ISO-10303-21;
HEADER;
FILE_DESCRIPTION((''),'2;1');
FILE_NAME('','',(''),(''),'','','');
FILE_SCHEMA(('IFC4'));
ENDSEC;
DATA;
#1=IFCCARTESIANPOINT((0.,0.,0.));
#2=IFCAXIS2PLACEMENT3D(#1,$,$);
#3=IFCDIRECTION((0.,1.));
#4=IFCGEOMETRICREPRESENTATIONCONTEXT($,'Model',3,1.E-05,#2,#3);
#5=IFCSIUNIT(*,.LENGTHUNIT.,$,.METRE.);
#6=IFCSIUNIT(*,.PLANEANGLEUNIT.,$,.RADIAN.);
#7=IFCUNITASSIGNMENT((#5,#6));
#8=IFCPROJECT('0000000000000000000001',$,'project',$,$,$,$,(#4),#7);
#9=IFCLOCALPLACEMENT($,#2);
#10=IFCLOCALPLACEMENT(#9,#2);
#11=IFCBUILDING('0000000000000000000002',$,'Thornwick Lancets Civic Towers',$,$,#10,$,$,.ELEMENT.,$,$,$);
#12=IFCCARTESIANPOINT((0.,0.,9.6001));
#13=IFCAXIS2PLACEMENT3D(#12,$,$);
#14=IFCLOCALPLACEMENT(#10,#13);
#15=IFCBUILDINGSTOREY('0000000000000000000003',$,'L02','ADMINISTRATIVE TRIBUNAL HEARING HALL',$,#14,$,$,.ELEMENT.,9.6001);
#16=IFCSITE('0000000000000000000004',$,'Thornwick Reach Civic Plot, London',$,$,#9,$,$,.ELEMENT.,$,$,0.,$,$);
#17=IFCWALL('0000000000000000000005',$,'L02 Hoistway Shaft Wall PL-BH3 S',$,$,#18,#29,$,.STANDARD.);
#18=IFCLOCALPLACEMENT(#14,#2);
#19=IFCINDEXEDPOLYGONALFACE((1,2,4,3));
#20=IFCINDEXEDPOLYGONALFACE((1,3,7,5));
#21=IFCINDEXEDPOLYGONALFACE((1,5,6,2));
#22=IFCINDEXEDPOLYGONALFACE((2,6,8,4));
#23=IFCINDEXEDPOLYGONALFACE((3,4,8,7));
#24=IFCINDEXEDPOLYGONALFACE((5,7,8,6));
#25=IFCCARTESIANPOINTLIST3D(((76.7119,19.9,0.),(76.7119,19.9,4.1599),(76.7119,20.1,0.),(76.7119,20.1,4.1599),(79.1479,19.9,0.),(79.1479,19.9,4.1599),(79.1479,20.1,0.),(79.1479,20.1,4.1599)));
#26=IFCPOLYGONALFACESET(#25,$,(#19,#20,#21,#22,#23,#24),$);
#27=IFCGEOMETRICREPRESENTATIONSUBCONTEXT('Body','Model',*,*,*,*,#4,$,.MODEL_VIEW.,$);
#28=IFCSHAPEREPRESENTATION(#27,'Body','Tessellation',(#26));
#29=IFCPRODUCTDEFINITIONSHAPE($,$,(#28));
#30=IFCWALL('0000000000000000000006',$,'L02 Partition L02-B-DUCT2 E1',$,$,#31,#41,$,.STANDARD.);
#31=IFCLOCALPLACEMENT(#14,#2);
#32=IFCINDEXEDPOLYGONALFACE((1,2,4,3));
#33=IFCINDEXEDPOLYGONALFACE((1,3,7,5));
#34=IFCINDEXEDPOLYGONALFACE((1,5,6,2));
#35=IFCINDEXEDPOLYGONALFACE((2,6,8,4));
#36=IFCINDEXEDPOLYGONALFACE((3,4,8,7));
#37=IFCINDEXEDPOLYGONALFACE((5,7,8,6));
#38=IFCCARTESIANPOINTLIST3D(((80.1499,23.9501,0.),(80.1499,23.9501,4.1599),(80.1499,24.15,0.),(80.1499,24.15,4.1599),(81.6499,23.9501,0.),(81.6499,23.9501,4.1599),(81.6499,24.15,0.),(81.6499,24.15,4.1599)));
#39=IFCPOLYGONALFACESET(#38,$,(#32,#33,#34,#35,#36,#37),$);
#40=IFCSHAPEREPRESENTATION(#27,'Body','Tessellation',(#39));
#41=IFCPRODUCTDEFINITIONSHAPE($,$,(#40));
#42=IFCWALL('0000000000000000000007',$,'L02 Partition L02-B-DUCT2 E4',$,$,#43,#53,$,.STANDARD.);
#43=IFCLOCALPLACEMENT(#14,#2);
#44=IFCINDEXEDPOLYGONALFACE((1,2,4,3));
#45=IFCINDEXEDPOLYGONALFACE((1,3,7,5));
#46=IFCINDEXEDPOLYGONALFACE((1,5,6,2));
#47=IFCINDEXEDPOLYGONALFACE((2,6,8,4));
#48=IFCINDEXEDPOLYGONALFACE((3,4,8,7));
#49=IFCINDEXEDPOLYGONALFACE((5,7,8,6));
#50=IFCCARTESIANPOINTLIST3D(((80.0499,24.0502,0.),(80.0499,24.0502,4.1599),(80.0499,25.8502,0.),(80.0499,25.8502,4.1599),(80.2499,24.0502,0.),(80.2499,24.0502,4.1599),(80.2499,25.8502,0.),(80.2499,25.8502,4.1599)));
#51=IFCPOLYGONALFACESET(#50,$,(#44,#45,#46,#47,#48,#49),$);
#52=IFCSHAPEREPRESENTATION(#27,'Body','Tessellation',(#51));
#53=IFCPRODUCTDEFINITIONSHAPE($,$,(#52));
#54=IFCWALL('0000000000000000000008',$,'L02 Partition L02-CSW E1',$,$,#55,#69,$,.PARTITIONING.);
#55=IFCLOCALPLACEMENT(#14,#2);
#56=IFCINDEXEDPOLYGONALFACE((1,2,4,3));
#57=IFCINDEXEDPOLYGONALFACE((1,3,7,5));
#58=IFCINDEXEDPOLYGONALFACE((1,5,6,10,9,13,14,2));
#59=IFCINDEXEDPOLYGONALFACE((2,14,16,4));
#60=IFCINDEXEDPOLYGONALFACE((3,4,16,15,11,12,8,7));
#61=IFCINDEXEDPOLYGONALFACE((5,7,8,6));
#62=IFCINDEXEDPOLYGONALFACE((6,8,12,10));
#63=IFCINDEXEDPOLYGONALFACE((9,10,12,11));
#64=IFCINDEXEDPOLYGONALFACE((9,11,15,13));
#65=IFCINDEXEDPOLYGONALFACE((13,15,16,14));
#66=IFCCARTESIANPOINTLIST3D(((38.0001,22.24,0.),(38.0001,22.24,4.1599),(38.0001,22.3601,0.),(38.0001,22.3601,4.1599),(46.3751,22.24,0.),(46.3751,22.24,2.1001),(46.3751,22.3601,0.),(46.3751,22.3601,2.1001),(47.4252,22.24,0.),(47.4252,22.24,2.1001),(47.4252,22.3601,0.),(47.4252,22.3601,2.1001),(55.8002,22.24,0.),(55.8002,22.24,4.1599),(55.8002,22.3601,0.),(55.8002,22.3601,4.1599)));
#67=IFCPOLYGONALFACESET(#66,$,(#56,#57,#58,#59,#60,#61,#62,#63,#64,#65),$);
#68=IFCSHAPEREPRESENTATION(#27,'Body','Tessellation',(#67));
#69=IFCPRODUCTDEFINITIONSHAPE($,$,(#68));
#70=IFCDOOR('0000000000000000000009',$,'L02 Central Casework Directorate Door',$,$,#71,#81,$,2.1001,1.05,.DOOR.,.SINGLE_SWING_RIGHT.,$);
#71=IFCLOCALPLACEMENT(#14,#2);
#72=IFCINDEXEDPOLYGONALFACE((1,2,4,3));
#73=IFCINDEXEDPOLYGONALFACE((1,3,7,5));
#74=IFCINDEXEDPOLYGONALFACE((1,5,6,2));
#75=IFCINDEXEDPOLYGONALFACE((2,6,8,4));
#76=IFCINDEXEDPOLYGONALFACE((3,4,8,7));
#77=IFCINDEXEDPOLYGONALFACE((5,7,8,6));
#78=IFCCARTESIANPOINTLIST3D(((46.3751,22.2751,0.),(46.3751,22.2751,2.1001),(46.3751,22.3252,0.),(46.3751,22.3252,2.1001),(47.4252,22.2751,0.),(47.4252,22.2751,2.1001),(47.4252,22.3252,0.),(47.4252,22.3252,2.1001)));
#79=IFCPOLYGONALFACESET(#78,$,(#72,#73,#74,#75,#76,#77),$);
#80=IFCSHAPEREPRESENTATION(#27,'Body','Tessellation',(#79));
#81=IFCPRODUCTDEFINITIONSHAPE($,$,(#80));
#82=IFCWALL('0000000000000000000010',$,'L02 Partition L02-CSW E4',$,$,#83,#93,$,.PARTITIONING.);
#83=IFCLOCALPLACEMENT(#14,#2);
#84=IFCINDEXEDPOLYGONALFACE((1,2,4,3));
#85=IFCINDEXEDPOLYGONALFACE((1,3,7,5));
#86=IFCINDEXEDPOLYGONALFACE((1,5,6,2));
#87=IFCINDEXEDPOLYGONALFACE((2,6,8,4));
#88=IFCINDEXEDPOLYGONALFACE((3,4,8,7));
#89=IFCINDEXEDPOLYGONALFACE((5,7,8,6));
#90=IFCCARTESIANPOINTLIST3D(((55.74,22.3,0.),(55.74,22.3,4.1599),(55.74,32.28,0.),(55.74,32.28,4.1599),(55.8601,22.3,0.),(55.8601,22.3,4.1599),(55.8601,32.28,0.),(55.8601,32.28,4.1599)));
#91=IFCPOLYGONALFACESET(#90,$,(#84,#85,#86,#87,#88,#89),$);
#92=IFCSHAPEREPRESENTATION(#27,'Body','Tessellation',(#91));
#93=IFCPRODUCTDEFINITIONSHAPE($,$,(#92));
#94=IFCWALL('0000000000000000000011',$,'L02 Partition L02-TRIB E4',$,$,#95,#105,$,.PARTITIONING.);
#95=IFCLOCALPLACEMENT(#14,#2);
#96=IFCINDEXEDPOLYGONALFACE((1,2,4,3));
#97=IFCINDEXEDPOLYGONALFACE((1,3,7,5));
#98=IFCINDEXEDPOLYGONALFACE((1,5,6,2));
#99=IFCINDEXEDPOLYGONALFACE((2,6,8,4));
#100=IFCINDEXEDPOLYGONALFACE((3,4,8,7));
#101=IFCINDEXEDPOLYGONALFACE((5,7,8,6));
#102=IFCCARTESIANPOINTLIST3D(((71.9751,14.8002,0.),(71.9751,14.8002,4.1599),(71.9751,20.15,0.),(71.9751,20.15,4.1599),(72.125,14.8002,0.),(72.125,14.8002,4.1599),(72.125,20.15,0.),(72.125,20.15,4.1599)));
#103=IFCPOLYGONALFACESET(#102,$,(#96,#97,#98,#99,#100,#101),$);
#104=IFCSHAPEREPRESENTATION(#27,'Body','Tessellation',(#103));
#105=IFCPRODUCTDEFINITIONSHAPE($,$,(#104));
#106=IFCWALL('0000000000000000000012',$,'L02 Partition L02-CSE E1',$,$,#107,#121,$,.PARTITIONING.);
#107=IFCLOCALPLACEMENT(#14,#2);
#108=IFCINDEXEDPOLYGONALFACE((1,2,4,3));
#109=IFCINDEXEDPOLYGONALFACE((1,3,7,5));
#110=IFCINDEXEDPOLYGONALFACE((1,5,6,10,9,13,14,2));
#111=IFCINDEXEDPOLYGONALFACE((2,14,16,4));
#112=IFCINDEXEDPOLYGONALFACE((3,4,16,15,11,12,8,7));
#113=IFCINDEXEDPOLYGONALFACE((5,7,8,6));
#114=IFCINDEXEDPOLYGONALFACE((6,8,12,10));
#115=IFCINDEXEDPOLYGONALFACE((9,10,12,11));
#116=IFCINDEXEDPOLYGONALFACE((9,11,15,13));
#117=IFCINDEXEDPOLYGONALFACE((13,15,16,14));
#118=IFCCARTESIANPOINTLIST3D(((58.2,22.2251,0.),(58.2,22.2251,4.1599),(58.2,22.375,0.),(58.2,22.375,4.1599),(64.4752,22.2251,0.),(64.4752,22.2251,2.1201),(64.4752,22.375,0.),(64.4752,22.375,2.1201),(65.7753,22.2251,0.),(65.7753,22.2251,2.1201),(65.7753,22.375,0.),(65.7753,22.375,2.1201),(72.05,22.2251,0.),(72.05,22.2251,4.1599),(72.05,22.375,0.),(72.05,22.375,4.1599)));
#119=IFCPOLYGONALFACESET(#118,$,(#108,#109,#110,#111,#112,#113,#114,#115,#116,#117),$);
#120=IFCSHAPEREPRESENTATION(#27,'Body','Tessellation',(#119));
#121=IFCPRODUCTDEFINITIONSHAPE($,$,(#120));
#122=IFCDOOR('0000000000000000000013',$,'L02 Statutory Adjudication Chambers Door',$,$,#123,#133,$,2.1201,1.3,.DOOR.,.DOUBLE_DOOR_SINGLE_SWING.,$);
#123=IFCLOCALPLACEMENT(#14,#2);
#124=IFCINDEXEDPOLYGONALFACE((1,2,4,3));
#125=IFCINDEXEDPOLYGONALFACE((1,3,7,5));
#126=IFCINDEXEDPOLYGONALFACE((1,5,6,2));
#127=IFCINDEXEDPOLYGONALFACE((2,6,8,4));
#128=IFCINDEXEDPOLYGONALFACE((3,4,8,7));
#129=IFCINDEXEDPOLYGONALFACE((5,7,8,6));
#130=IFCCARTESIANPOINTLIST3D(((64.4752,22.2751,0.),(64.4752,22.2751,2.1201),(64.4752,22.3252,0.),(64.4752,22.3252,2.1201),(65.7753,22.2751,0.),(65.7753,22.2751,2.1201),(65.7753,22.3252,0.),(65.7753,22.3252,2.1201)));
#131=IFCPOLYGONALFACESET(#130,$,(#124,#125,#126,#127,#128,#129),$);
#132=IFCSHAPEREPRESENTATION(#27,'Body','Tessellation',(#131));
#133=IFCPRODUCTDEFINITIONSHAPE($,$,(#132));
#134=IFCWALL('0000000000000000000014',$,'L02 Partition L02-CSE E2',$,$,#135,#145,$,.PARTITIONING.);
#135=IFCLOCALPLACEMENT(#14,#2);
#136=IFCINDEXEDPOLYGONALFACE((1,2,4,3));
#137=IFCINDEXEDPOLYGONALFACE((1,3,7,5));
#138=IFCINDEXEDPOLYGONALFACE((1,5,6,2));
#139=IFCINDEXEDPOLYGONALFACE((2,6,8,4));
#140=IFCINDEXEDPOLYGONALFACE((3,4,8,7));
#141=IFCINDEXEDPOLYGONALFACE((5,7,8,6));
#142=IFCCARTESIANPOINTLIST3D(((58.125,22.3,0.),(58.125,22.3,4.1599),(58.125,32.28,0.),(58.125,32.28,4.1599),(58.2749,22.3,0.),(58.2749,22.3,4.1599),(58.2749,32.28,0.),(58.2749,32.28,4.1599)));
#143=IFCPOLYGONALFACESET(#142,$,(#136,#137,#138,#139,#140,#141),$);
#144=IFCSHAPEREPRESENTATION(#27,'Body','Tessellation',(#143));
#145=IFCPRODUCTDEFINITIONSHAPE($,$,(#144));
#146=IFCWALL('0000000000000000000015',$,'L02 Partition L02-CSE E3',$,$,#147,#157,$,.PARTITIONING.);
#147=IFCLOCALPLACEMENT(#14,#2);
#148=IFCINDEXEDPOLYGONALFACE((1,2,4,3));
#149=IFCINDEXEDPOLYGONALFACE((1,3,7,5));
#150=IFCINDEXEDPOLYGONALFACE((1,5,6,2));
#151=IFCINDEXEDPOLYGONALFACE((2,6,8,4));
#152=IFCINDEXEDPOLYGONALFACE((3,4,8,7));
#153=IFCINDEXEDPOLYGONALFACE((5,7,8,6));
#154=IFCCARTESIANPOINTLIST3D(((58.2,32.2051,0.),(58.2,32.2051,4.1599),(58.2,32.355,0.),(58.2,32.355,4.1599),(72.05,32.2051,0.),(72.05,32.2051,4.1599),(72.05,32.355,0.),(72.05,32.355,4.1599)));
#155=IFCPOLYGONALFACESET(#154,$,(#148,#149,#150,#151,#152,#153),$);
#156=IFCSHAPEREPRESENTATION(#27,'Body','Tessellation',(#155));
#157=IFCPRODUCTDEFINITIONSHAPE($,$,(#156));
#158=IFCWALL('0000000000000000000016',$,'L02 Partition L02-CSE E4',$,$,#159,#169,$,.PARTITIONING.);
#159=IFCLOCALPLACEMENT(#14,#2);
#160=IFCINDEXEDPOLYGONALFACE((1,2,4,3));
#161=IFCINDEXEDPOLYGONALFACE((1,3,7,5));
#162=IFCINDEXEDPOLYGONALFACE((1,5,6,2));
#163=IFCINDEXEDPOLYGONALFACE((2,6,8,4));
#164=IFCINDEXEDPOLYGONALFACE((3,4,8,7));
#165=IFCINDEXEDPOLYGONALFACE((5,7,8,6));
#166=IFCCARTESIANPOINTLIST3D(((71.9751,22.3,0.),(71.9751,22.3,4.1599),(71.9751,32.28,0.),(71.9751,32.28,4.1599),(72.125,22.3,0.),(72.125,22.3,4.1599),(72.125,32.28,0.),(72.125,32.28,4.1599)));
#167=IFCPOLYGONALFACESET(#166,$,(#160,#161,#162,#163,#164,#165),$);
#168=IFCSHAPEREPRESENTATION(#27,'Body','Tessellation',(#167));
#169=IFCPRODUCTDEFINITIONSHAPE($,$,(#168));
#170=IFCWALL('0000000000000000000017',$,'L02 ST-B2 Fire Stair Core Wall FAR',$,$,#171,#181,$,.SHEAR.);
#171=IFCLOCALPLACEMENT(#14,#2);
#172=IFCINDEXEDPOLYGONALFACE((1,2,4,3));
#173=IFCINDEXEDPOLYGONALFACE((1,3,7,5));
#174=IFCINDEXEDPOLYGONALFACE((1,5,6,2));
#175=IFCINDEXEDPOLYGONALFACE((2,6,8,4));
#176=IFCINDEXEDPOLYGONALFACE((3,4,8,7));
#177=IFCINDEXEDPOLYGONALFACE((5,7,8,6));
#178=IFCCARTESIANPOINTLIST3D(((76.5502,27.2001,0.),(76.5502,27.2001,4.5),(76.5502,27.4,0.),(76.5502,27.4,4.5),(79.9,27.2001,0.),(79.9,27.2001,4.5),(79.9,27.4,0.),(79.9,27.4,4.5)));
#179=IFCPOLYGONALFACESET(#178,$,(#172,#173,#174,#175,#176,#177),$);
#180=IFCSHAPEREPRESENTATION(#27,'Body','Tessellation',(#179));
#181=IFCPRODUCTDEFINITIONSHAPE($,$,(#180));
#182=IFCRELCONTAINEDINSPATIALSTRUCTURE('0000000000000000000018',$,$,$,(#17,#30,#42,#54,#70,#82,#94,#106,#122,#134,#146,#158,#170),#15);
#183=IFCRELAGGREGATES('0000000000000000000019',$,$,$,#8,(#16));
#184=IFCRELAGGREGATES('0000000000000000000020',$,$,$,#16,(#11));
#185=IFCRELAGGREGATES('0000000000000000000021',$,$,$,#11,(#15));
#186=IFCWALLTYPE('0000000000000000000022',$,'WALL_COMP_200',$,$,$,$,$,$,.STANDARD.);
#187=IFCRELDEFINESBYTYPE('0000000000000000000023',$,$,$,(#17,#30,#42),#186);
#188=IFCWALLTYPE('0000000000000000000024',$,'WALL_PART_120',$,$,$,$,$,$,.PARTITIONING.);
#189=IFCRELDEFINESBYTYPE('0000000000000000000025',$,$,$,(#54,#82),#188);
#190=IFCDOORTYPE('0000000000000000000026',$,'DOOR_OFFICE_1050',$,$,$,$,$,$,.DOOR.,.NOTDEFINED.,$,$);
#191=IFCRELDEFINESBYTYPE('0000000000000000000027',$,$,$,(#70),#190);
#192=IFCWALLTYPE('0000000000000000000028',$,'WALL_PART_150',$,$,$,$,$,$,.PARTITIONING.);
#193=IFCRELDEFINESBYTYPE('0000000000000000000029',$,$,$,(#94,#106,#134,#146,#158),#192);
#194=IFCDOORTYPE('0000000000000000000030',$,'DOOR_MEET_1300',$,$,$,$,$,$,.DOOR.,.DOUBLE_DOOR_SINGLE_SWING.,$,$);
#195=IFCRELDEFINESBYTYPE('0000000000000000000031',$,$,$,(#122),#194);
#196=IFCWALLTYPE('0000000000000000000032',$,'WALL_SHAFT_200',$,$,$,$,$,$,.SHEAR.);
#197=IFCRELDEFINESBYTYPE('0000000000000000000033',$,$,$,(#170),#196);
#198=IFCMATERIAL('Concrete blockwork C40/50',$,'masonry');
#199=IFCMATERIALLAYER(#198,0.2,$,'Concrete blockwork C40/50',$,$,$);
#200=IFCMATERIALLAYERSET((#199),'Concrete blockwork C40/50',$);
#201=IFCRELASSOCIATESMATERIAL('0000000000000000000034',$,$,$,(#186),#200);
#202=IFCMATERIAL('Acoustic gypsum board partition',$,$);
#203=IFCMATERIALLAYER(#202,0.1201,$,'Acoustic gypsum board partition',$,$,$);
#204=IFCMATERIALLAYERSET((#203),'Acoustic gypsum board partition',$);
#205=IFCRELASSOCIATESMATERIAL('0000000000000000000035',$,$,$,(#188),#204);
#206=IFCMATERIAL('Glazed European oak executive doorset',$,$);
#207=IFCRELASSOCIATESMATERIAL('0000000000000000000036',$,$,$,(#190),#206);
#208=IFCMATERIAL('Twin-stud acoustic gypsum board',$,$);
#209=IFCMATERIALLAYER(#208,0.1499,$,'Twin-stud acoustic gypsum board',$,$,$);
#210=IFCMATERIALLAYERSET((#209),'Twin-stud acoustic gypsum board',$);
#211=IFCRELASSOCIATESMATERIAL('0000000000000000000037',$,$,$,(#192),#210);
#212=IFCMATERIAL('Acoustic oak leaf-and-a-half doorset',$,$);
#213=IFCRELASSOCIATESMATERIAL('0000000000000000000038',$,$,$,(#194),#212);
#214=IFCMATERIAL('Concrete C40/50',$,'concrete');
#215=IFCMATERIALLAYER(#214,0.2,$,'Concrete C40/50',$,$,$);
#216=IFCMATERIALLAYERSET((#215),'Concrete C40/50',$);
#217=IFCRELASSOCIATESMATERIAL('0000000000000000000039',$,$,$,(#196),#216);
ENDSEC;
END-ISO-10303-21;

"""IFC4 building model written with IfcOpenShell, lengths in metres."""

from ifc_helpers import new_model, si_unit, direction, frame, frame_2d, origin, place, context, subcontext, project, spatial, rectangle, extrude, material, layer, layer_set, type_object, element, fill, save


model = new_model("IFC4")

# Units and contexts
model_context = context("Model", 3, precision=1e-05, world=origin(), true_north=direction((0.0, 1.0)))
body_context = subcontext(model_context, "Body", "Model", "MODEL_VIEW")
ifc_project = project(units=[si_unit("LENGTHUNIT", "METRE"), si_unit("PLANEANGLEUNIT", "RADIAN")], contexts=[model_context])

# Site, building, storey
site_placement = place(None, origin())
site = spatial("IfcSite", under=ifc_project, at=site_placement, Name="Thornwick Reach Civic Plot, London", CompositionType="ELEMENT", RefElevation=0.0)
building_placement = place(site_placement, origin())
building = spatial("IfcBuilding", under=site, at=building_placement, Name="Thornwick Lancets Civic Towers", CompositionType="ELEMENT")
storey_placement = place(building_placement, frame((0.0, 0.0, 9.6001)))
storey = spatial("IfcBuildingStorey", under=building, at=storey_placement, Name="L02", Description="ADMINISTRATIVE TRIBUNAL HEARING HALL", CompositionType="ELEMENT", Elevation=9.6001)

# Shared definitions
ifc_material_1 = material(Name="Concrete C40/50", Category="concrete")

# Shared definitions
ifc_material_2 = material(Name="Concrete blockwork C40/50", Category="masonry")
ifc_layer_1 = layer(ifc_material_2, 0.2, Name="Concrete blockwork C40/50")
ifc_layer_set_1 = layer_set([ifc_layer_1], Name="Concrete blockwork C40/50")
wall_type_1 = type_object("IfcWallType", Name="WALL_COMP_200", PredefinedType="STANDARD", material=ifc_layer_set_1)

# Walls
for number, where, z_axis, x_axis, name in (
    (1, (76.7119, 20.0, 0.0), (0.0, 0.0, 1.0), (1.0, 0.0, 0.0), "L02 Hoistway Shaft Wall PL-BH3 S"),
):
    element("IfcWall", number, at=place(storey_placement, frame(where, z_axis=z_axis, x_axis=x_axis)), inside=storey, type_object=wall_type_1, Name=name, PredefinedType="STANDARD", context=body_context, shape_type="SweptSolid", body=[
        extrude(rectangle(XDim=2.436, YDim=0.2, at=frame_2d((1.218, 0.0))), origin(), (0.0, 0.0, 1.0), 4.1599),
    ])
wall_1_placement = place(storey_placement, frame((80.1499, 24.05, 0.0), z_axis=(0.0, 0.0, 1.0), x_axis=(1.0, 0.0, 0.0)))
element("IfcWall", 2, at=wall_1_placement, inside=storey, type_object=wall_type_1, Name="L02 Partition L02-B-DUCT2 E1", PredefinedType="STANDARD", context=body_context, shape_type="SweptSolid", body=[
    extrude(rectangle(XDim=1.5, YDim=0.2, at=frame_2d((0.75, 0.0))), origin(), (0.0, 0.0, 1.0), 4.1599),
])
wall_2_placement = place(storey_placement, frame((80.1499, 25.8501, 0.0), z_axis=(0.0, 0.0, 1.0), x_axis=(0.0, -1.0, 0.0)))
element("IfcWall", 3, at=wall_2_placement, inside=storey, type_object=wall_type_1, Name="L02 Partition L02-B-DUCT2 E4", PredefinedType="STANDARD", context=body_context, shape_type="SweptSolid", body=[
    extrude(rectangle(XDim=1.8, YDim=0.2, at=frame_2d((0.8999, 0.0))), origin(), (0.0, 0.0, 1.0), 4.1599),
])

# Wall, opening, door
ifc_material_3 = material(Name="Acoustic gypsum board partition")
ifc_layer_2 = layer(ifc_material_3, 0.1201, Name="Acoustic gypsum board partition")
ifc_layer_set_2 = layer_set([ifc_layer_2], Name="Acoustic gypsum board partition")
wall_type_2 = type_object("IfcWallType", Name="WALL_PART_120", PredefinedType="PARTITIONING", material=ifc_layer_set_2)
wall_3_placement = place(storey_placement, frame((55.8, 22.3, 0.0), z_axis=(0.0, 0.0, 1.0), x_axis=(-1.0, 0.0, 0.0)))
wall_3 = element("IfcWall", 4, at=wall_3_placement, inside=storey, type_object=wall_type_2, Name="L02 Partition L02-CSW E1", PredefinedType="PARTITIONING", context=body_context, shape_type="SweptSolid", body=[
    extrude(rectangle(XDim=17.8, YDim=0.1201, at=frame_2d((8.8999, 0.0))), origin(), (0.0, 0.0, 1.0), 4.1599),
])
opening_1_placement = place(wall_3_placement, frame((8.375, 0.0, 0.0)))
opening_1 = element("IfcOpeningElement", 5, at=opening_1_placement, cuts=wall_3, PredefinedType="OPENING", context=body_context, shape_type="SweptSolid", body=[
    extrude(rectangle(XDim=1.05, YDim=2.1001, at=frame_2d((0.5249, 1.05))), frame((0.0, 0.0701, 0.0), z_axis=(0.0, -1.0, 0.0), x_axis=(1.0, 0.0, 0.0)), (0.0, 0.0, 1.0), 0.1401),
])
ifc_material_4 = material(Name="Glazed European oak executive doorset")
door_type_1 = type_object("IfcDoorType", Name="DOOR_OFFICE_1050", OperationType="NOTDEFINED", PredefinedType="DOOR", material=ifc_material_4)
door_1_placement = place(opening_1_placement, origin())
door_1 = element("IfcDoor", 6, at=door_1_placement, inside=storey, type_object=door_type_1, Name="L02 Central Casework Directorate Door", OperationType="SINGLE_SWING_RIGHT", OverallHeight=2.1001, OverallWidth=1.05, PredefinedType="DOOR", context=body_context, shape_type="SweptSolid", body=[
    extrude(rectangle(XDim=1.05, YDim=2.1001, at=frame_2d((0.5249, 1.05))), frame((0.0, 0.0249, 0.0), z_axis=(0.0, -1.0, 0.0), x_axis=(1.0, 0.0, 0.0)), (0.0, 0.0, 1.0), 0.05),
])
fill(opening_1, door_1)

# Walls
wall_4_placement = place(storey_placement, frame((55.8, 32.28, 0.0), z_axis=(0.0, 0.0, 1.0), x_axis=(0.0, -1.0, 0.0)))
element("IfcWall", 7, at=wall_4_placement, inside=storey, type_object=wall_type_2, Name="L02 Partition L02-CSW E4", PredefinedType="PARTITIONING", context=body_context, shape_type="SweptSolid", body=[
    extrude(rectangle(XDim=9.98, YDim=0.1201, at=frame_2d((4.99, 0.0))), origin(), (0.0, 0.0, 1.0), 4.1599),
])
ifc_material_5 = material(Name="Twin-stud acoustic gypsum board")
ifc_layer_3 = layer(ifc_material_5, 0.1499, Name="Twin-stud acoustic gypsum board")
ifc_layer_set_3 = layer_set([ifc_layer_3], Name="Twin-stud acoustic gypsum board")
wall_type_3 = type_object("IfcWallType", Name="WALL_PART_150", PredefinedType="PARTITIONING", material=ifc_layer_set_3)
wall_5_placement = place(storey_placement, frame((72.05, 20.1499, 0.0), z_axis=(0.0, 0.0, 1.0), x_axis=(0.0, -1.0, 0.0)))
element("IfcWall", 8, at=wall_5_placement, inside=storey, type_object=wall_type_3, Name="L02 Partition L02-TRIB E4", PredefinedType="PARTITIONING", context=body_context, shape_type="SweptSolid", body=[
    extrude(rectangle(XDim=5.3499, YDim=0.1499, at=frame_2d((2.6748, 0.0))), origin(), (0.0, 0.0, 1.0), 4.1599),
])

# Wall, opening, door
wall_6_placement = place(storey_placement, frame((72.05, 22.3, 0.0), z_axis=(0.0, 0.0, 1.0), x_axis=(-1.0, 0.0, 0.0)))
wall_6 = element("IfcWall", 9, at=wall_6_placement, inside=storey, type_object=wall_type_3, Name="L02 Partition L02-CSE E1", PredefinedType="PARTITIONING", context=body_context, shape_type="SweptSolid", body=[
    extrude(rectangle(XDim=13.8501, YDim=0.1499, at=frame_2d((6.925, 0.0))), origin(), (0.0, 0.0, 1.0), 4.1599),
])
opening_2_placement = place(wall_6_placement, frame((6.2749, 0.0, 0.0)))
opening_2 = element("IfcOpeningElement", 10, at=opening_2_placement, cuts=wall_6, PredefinedType="OPENING", context=body_context, shape_type="SweptSolid", body=[
    extrude(rectangle(XDim=1.3, YDim=2.1201, at=frame_2d((0.6499, 1.0601))), frame((0.0, 0.085, 0.0), z_axis=(0.0, -1.0, 0.0), x_axis=(1.0, 0.0, 0.0)), (0.0, 0.0, 1.0), 0.1699),
])
ifc_material_6 = material(Name="Acoustic oak leaf-and-a-half doorset")
door_type_2 = type_object("IfcDoorType", Name="DOOR_MEET_1300", OperationType="DOUBLE_DOOR_SINGLE_SWING", PredefinedType="DOOR", material=ifc_material_6)
door_2_placement = place(opening_2_placement, origin())
door_2 = element("IfcDoor", 11, at=door_2_placement, inside=storey, type_object=door_type_2, Name="L02 Statutory Adjudication Chambers Door", OperationType="DOUBLE_DOOR_SINGLE_SWING", OverallHeight=2.1201, OverallWidth=1.3, PredefinedType="DOOR", context=body_context, shape_type="SweptSolid", body=[
    extrude(rectangle(XDim=1.3, YDim=2.1201, at=frame_2d((0.6499, 1.0601))), frame((0.0, 0.0249, 0.0), z_axis=(0.0, -1.0, 0.0), x_axis=(1.0, 0.0, 0.0)), (0.0, 0.0, 1.0), 0.05),
])
fill(opening_2, door_2)

# Walls
wall_7_placement = place(storey_placement, frame((58.2, 22.3, 0.0), z_axis=(0.0, 0.0, 1.0), x_axis=(0.0, 1.0, 0.0)))
element("IfcWall", 12, at=wall_7_placement, inside=storey, type_object=wall_type_3, Name="L02 Partition L02-CSE E2", PredefinedType="PARTITIONING", context=body_context, shape_type="SweptSolid", body=[
    extrude(rectangle(XDim=9.98, YDim=0.1499, at=frame_2d((4.99, 0.0))), origin(), (0.0, 0.0, 1.0), 4.1599),
])
wall_8_placement = place(storey_placement, frame((58.2, 32.28, 0.0), z_axis=(0.0, 0.0, 1.0), x_axis=(1.0, 0.0, 0.0)))
element("IfcWall", 13, at=wall_8_placement, inside=storey, type_object=wall_type_3, Name="L02 Partition L02-CSE E3", PredefinedType="PARTITIONING", context=body_context, shape_type="SweptSolid", body=[
    extrude(rectangle(XDim=13.8501, YDim=0.1499, at=frame_2d((6.925, 0.0))), origin(), (0.0, 0.0, 1.0), 4.1599),
])
wall_9_placement = place(storey_placement, frame((72.05, 32.28, 0.0), z_axis=(0.0, 0.0, 1.0), x_axis=(0.0, -1.0, 0.0)))
element("IfcWall", 14, at=wall_9_placement, inside=storey, type_object=wall_type_3, Name="L02 Partition L02-CSE E4", PredefinedType="PARTITIONING", context=body_context, shape_type="SweptSolid", body=[
    extrude(rectangle(XDim=9.98, YDim=0.1499, at=frame_2d((4.99, 0.0))), origin(), (0.0, 0.0, 1.0), 4.1599),
])
ifc_layer_4 = layer(ifc_material_1, 0.2, Name="Concrete C40/50")
ifc_layer_set_4 = layer_set([ifc_layer_4], Name="Concrete C40/50")
wall_type_4 = type_object("IfcWallType", Name="WALL_SHAFT_200", PredefinedType="SHEAR", material=ifc_layer_set_4)
wall_10_placement = place(storey_placement, frame((79.8999, 27.3, 0.0), z_axis=(0.0, 0.0, 1.0), x_axis=(-1.0, 0.0, 0.0)))
element("IfcWall", 15, at=wall_10_placement, inside=storey, type_object=wall_type_4, Name="L02 ST-B2 Fire Stair Core Wall FAR", PredefinedType="SHEAR", context=body_context, shape_type="SweptSolid", body=[
    extrude(rectangle(XDim=3.3499, YDim=0.2, at=frame_2d((1.6748, 0.0))), origin(), (0.0, 0.0, 1.0), 4.5),
])

save(model, "model.ifc")
